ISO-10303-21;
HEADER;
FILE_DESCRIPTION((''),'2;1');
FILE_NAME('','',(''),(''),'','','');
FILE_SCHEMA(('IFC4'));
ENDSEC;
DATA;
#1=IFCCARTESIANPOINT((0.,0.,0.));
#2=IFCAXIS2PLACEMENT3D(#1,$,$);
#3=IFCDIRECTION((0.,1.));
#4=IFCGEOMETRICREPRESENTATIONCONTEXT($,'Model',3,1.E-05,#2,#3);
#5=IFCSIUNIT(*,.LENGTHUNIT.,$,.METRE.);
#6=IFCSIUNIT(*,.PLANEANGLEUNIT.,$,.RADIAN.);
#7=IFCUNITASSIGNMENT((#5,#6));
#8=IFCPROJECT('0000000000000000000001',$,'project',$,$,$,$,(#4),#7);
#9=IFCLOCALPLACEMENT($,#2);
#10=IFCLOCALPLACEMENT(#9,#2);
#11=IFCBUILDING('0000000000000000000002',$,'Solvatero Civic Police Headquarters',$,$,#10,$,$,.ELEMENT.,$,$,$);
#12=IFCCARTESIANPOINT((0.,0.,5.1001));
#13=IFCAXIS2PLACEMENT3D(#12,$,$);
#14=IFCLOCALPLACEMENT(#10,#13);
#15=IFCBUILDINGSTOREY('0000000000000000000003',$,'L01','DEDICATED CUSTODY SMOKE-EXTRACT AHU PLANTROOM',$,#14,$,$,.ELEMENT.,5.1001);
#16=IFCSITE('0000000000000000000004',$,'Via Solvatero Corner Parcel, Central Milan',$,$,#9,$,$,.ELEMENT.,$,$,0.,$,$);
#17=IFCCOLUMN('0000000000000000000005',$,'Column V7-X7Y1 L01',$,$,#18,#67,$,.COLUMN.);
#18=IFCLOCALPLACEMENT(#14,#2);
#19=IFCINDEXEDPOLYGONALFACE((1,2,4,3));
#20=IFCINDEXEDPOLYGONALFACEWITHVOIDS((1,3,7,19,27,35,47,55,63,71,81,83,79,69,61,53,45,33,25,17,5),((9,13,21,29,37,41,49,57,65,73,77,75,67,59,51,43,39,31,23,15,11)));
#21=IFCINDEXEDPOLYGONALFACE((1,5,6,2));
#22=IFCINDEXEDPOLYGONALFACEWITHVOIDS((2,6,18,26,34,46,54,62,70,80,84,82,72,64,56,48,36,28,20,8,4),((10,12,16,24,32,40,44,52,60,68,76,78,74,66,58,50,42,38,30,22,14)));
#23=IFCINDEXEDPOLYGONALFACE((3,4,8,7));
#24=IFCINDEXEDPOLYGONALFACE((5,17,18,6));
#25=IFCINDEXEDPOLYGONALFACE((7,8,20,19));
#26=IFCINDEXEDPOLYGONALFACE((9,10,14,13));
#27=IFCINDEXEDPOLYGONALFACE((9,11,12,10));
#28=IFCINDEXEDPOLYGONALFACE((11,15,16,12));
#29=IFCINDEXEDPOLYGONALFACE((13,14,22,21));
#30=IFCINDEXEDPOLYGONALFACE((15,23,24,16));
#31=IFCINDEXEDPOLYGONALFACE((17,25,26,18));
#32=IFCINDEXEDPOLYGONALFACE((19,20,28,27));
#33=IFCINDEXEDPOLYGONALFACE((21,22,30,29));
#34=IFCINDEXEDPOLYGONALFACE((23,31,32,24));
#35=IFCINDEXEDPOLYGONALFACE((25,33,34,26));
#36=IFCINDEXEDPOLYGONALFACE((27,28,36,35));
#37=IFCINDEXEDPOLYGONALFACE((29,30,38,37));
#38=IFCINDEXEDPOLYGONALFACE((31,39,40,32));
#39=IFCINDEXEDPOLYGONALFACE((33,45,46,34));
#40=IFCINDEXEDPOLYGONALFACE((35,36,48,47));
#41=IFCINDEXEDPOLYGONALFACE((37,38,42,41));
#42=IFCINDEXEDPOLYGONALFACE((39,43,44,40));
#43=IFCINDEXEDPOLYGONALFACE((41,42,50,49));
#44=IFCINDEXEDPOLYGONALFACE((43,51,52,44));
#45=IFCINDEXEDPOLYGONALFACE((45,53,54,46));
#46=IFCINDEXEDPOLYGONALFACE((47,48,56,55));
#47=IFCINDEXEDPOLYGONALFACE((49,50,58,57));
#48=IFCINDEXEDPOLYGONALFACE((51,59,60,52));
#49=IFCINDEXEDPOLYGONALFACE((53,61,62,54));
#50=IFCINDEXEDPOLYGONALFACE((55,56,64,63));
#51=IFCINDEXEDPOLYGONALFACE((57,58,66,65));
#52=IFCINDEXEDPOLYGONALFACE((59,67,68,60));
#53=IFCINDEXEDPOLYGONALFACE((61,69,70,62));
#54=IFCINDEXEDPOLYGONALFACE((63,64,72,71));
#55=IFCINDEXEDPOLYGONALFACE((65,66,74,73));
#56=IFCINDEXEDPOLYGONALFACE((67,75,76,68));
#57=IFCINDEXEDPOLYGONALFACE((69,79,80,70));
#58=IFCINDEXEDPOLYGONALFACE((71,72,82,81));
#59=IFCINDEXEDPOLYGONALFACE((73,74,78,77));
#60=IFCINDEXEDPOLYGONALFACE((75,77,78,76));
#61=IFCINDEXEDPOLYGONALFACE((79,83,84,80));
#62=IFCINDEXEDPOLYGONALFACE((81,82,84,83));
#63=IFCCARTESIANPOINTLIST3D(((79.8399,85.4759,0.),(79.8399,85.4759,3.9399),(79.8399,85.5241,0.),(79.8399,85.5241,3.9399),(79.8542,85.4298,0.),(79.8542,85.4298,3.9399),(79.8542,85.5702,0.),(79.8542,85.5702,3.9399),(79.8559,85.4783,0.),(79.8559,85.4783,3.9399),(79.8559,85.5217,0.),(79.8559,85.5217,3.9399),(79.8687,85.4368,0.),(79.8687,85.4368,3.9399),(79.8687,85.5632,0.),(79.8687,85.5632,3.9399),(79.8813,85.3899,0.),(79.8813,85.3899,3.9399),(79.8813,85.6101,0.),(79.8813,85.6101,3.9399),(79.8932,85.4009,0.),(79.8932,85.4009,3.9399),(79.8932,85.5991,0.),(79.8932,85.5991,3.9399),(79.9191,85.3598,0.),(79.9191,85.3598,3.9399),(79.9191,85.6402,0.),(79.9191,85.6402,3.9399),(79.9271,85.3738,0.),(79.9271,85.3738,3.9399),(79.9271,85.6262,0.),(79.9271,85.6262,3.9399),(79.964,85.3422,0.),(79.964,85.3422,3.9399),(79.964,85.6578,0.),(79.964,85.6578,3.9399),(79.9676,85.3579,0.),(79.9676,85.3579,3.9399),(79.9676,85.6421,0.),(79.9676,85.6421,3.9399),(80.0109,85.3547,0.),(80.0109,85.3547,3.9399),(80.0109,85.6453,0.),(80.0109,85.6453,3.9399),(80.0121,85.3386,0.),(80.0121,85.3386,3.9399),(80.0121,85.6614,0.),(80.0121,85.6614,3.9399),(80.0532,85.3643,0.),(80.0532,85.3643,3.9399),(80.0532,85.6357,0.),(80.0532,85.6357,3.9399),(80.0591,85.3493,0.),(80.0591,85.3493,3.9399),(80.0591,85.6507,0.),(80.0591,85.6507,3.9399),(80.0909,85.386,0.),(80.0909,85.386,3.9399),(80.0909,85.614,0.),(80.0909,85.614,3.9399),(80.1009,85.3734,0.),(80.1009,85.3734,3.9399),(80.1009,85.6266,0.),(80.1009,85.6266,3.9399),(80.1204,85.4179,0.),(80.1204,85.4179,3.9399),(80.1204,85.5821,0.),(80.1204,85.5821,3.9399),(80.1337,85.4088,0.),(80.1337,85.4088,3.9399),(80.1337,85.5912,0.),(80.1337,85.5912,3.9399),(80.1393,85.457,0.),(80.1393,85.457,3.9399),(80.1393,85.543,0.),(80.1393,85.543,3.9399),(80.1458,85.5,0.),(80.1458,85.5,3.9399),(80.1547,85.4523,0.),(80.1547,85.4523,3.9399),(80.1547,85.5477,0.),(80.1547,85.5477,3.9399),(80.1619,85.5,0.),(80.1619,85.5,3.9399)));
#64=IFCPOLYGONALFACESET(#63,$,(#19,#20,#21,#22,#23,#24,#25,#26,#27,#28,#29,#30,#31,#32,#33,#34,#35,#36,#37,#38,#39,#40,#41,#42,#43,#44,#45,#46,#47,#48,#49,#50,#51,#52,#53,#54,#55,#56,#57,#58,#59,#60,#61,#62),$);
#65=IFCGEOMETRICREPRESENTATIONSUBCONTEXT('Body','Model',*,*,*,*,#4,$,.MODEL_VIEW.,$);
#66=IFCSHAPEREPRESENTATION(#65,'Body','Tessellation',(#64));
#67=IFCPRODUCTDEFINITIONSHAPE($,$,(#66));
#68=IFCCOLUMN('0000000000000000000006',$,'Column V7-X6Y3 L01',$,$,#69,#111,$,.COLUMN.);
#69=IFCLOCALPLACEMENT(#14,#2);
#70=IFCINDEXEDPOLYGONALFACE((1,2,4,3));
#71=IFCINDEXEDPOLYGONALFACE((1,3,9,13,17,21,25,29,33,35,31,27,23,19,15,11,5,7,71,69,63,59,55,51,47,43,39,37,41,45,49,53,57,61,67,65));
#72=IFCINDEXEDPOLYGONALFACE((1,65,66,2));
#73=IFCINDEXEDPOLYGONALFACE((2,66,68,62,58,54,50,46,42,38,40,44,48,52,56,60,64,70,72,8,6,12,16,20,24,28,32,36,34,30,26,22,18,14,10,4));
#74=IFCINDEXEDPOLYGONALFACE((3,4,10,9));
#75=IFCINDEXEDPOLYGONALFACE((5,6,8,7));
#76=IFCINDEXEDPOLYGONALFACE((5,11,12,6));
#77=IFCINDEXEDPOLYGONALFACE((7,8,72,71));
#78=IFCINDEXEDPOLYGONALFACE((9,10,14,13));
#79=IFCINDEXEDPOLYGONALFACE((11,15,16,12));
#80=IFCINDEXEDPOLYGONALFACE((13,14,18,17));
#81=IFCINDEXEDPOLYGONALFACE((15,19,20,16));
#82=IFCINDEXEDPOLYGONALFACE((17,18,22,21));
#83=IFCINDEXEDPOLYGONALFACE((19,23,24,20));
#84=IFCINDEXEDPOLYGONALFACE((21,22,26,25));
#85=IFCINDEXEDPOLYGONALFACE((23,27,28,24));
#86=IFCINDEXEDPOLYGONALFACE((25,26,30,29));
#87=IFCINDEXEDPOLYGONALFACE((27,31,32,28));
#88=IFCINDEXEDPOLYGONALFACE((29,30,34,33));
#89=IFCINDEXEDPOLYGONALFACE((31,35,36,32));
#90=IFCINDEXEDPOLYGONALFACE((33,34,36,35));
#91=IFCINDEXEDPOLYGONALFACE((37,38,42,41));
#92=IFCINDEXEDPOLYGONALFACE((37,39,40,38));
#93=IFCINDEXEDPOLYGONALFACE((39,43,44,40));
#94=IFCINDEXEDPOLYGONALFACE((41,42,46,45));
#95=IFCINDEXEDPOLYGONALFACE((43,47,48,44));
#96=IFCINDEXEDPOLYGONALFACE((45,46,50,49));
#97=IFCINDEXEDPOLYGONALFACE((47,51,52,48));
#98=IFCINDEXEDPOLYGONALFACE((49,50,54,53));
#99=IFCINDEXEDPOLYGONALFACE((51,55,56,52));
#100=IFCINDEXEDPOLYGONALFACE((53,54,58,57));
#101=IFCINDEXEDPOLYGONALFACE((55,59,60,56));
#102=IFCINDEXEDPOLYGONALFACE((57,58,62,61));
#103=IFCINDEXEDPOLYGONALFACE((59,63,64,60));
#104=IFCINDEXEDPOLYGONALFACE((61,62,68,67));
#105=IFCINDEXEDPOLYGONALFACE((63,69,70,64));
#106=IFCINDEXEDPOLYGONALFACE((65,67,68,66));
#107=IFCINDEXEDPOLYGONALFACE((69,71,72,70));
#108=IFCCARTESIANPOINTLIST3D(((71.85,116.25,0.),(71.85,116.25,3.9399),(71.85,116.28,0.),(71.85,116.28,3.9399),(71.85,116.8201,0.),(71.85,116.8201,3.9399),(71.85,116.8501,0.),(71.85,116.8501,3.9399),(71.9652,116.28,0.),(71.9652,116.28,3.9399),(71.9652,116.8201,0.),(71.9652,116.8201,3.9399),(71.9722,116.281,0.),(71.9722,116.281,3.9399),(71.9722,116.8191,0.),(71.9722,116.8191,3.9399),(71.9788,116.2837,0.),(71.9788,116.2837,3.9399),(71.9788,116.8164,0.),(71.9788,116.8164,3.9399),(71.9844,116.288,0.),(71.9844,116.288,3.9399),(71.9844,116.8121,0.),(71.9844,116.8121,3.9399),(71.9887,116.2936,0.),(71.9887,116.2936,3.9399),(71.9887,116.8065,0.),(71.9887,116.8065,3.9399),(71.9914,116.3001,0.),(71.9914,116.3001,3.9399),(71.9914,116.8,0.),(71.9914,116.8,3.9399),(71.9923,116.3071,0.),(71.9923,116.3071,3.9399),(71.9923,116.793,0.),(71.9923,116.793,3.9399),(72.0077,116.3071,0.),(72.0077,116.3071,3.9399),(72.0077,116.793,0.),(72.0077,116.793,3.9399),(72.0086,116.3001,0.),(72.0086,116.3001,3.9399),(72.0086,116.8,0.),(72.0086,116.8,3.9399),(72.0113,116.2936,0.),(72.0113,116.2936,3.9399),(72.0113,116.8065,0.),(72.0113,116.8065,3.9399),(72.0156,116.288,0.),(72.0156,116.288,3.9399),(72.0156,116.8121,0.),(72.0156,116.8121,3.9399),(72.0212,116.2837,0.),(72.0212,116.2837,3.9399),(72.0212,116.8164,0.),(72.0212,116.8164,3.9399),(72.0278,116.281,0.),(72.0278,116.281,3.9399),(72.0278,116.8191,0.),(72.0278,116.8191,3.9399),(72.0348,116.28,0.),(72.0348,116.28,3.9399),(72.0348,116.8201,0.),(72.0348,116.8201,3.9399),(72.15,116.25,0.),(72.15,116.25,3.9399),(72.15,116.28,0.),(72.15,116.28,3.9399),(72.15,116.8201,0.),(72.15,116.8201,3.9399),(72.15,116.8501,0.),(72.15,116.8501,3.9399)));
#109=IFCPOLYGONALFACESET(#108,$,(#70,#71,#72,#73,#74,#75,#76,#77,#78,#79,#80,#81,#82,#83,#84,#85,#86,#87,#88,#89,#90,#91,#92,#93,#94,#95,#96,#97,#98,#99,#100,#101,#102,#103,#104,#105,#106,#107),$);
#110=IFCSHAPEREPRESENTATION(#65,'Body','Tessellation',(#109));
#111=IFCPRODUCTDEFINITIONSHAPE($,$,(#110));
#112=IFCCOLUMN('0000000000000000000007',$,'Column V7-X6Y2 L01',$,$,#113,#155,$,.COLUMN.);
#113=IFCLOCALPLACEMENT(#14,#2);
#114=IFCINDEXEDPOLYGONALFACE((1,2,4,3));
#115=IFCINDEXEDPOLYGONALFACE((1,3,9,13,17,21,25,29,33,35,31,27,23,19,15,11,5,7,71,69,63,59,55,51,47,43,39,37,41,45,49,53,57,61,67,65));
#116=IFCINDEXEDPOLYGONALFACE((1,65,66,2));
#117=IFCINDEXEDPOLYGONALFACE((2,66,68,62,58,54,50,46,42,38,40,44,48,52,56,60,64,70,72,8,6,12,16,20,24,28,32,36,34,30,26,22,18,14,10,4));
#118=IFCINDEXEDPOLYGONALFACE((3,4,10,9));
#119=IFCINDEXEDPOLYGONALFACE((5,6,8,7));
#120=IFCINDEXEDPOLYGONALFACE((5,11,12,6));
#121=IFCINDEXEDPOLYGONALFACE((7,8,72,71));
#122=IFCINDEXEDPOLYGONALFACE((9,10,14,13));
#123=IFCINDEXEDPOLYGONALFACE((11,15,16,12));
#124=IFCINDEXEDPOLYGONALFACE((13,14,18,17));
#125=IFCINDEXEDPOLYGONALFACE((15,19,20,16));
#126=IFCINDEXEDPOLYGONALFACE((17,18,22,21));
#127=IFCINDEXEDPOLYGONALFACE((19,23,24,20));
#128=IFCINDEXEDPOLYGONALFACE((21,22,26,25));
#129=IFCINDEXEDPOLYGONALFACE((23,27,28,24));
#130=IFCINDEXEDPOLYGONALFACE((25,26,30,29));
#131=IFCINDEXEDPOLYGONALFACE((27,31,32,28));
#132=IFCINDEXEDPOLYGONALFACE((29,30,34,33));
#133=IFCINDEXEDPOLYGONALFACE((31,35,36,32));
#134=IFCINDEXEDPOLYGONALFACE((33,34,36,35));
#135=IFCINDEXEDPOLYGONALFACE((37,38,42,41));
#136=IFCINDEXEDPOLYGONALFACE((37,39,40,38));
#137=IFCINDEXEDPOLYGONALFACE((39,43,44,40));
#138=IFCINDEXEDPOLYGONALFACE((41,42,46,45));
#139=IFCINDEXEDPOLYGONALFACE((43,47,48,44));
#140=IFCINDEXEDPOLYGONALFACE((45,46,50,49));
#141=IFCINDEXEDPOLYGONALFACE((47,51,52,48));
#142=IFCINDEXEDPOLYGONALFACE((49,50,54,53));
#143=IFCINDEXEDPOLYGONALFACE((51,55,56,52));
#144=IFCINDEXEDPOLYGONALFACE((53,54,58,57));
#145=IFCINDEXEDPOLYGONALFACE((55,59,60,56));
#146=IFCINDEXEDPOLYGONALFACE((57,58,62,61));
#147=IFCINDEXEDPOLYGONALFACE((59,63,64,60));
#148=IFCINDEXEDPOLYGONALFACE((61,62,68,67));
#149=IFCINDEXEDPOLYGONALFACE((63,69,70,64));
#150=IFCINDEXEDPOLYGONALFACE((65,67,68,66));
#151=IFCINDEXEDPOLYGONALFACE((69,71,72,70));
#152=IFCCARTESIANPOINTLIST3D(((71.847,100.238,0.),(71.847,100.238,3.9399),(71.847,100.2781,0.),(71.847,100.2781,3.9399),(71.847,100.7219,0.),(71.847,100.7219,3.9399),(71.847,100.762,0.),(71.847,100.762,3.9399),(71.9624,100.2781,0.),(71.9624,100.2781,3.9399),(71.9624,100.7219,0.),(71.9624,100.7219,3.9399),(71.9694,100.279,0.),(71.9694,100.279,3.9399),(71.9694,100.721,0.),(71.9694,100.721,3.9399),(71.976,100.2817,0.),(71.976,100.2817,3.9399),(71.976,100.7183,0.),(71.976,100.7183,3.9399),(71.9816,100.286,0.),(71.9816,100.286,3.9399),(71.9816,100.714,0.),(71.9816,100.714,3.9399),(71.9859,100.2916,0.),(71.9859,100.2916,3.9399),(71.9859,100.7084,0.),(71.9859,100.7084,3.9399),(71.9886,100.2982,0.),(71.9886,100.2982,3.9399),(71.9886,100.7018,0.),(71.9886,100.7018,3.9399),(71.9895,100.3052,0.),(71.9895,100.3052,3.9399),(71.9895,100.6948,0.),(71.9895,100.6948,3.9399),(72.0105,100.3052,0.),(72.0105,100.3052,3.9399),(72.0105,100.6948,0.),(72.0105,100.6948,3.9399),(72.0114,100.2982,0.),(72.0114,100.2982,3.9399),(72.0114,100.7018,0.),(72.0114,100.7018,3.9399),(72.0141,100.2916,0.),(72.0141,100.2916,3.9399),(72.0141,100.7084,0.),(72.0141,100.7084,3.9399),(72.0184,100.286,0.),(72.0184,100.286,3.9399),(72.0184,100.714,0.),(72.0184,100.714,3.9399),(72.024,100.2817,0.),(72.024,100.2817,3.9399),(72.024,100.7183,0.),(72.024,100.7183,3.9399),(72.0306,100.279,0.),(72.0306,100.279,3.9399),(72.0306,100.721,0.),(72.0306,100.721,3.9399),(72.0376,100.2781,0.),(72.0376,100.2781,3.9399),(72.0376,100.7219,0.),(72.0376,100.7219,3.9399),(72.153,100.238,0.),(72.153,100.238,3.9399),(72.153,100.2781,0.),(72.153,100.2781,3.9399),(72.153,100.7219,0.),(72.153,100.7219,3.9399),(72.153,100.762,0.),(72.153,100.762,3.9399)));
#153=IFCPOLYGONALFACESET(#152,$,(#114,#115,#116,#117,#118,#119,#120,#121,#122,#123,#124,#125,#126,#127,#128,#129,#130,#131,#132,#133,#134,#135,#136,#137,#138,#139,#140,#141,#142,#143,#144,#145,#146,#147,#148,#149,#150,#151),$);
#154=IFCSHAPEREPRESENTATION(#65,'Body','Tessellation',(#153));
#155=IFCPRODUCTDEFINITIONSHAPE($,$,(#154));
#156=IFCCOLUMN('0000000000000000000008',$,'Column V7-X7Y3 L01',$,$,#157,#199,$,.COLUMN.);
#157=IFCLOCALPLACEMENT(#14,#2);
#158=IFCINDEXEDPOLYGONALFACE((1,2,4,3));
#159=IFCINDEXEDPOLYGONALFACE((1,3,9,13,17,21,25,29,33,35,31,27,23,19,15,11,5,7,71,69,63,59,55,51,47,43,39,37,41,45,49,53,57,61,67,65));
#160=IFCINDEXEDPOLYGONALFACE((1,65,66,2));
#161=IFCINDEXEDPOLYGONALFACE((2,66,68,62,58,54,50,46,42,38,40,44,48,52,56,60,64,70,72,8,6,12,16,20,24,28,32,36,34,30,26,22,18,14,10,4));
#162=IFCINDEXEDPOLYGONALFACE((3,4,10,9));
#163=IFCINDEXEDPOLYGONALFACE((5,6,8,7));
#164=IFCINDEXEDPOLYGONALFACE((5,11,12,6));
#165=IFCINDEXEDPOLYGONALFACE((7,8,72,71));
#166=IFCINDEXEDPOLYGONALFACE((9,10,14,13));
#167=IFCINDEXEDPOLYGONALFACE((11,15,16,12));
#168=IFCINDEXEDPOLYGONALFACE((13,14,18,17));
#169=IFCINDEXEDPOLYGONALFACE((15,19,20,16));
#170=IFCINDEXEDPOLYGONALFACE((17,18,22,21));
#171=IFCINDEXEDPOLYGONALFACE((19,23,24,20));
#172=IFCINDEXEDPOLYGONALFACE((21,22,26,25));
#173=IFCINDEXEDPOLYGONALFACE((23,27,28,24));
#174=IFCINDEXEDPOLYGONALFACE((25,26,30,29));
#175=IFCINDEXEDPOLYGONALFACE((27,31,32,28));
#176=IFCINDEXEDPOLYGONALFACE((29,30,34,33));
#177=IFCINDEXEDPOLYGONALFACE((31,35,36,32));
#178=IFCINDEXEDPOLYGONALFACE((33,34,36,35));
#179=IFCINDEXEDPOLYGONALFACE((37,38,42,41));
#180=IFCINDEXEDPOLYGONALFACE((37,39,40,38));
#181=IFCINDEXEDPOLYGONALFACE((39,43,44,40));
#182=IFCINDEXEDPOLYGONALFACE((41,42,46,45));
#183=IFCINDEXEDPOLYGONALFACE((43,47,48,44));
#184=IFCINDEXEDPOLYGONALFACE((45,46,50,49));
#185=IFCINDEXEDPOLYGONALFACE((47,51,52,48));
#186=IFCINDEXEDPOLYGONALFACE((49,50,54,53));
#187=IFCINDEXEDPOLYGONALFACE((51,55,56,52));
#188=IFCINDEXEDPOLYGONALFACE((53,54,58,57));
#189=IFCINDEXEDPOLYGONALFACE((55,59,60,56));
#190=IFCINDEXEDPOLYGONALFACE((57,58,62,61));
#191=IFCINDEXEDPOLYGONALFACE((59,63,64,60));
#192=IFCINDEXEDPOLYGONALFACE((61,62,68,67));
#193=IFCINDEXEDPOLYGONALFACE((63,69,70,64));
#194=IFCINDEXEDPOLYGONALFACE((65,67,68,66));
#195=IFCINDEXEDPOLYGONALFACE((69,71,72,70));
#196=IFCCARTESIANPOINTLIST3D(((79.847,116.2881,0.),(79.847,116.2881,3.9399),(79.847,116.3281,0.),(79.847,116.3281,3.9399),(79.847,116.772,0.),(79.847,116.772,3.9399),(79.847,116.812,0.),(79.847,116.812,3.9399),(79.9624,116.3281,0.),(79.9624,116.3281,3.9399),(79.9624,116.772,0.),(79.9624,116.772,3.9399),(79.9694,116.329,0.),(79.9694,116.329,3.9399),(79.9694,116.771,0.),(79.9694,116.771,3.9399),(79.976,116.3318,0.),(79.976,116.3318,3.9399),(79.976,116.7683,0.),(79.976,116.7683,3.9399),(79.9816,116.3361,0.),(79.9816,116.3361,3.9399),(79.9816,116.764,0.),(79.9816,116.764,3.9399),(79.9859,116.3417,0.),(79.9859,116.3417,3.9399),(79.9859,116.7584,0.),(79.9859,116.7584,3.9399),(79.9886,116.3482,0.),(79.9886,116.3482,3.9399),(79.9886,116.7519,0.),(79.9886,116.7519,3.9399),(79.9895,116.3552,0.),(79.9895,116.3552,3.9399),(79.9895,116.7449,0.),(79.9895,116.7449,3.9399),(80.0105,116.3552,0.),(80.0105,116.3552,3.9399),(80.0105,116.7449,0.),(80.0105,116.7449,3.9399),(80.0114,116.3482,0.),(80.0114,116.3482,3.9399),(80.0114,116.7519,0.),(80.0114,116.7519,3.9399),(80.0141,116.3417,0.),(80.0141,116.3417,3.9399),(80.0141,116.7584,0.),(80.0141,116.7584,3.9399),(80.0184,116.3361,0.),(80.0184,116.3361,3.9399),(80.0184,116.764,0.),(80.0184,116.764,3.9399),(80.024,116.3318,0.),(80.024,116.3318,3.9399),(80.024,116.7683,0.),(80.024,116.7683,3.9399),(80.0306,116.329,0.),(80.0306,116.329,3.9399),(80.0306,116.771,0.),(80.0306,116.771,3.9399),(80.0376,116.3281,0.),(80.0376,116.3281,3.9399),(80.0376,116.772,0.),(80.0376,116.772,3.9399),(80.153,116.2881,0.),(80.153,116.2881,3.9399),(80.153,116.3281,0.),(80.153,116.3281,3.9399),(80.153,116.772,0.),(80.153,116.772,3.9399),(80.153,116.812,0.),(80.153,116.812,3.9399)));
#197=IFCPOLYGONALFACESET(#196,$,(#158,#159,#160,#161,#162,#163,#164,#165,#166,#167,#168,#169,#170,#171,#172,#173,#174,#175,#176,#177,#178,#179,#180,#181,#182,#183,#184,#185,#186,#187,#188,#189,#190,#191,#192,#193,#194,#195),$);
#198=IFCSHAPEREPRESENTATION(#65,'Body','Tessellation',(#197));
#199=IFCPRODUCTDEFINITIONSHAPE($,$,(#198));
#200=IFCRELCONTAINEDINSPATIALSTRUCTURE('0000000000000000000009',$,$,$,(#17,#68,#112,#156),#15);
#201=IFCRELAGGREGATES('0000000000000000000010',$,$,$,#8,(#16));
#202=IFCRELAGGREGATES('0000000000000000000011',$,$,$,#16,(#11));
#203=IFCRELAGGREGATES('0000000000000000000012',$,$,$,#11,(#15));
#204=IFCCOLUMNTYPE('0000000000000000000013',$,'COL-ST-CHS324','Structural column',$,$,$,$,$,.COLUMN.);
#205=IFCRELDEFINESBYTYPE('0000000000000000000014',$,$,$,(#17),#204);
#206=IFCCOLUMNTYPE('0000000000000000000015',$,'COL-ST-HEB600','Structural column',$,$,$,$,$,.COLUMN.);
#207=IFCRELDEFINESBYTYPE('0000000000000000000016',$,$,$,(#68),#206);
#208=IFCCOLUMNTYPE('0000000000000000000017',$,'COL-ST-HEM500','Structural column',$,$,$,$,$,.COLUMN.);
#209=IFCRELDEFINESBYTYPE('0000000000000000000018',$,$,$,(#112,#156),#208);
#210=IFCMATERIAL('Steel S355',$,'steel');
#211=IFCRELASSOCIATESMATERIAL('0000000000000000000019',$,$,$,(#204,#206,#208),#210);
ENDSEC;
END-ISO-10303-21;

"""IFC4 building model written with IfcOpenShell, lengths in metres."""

from ifc_helpers import new_model, si_unit, direction, frame, origin, origin_2d, place, context, subcontext, project, spatial, hollow_circle, i_section, extrude, material, material_profile, profile_set, type_object, element, save


model = new_model("IFC4")

# Units and contexts
model_context = context("Model", 3, precision=1e-05, world=origin(), true_north=direction((0.0, 1.0)))
body_context = subcontext(model_context, "Body", "Model", "MODEL_VIEW")
ifc_project = project(units=[si_unit("LENGTHUNIT", "METRE"), si_unit("PLANEANGLEUNIT", "RADIAN")], contexts=[model_context])

# Site, building, storey
site_placement = place(None, origin())
site = spatial("IfcSite", under=ifc_project, at=site_placement, Name="Via Solvatero Corner Parcel, Central Milan", CompositionType="ELEMENT", RefElevation=0.0)
building_placement = place(site_placement, origin())
building = spatial("IfcBuilding", under=site, at=building_placement, Name="Solvatero Civic Police Headquarters", CompositionType="ELEMENT")
storey_placement = place(building_placement, frame((0.0, 0.0, 5.1001)))
storey = spatial("IfcBuildingStorey", under=building, at=storey_placement, Name="L01", Description="DEDICATED CUSTODY SMOKE-EXTRACT AHU PLANTROOM", CompositionType="ELEMENT", Elevation=5.1001)

# Columns
ifc_material_1 = material(Name="Steel S355", Category="steel")
ifc_material_profile_1 = material_profile(ifc_material_1, hollow_circle(Radius=0.1619, WallThickness=0.0161, at=origin_2d()), Name="CHS 323.9x16.0")
ifc_profile_set_1 = profile_set([ifc_material_profile_1], Name="Steel S355")
column_type_1 = type_object("IfcColumnType", Name="COL-ST-CHS324", Description="Structural column", PredefinedType="COLUMN", material=ifc_profile_set_1)
column_1_placement = place(storey_placement, frame((80.0, 85.5, 0.0), z_axis=(0.0, 0.0, 1.0), x_axis=(1.0, 0.0, 0.0)))
element("IfcColumn", 1, at=column_1_placement, inside=storey, type_object=column_type_1, Name="Column V7-X7Y1 L01", PredefinedType="COLUMN", context=body_context, shape_type="SweptSolid", body=[
    extrude(hollow_circle(Radius=0.1619, WallThickness=0.0161, at=origin_2d()), origin(), (0.0, 0.0, 1.0), 3.9399),
])
ifc_material_profile_2 = material_profile(ifc_material_1, i_section(OverallWidth=0.3, OverallDepth=0.6001, WebThickness=0.0154, FlangeThickness=0.03, FilletRadius=0.0271, at=origin_2d()), Name="HEB 600")
ifc_profile_set_2 = profile_set([ifc_material_profile_2], Name="Steel S355")
column_type_2 = type_object("IfcColumnType", Name="COL-ST-HEB600", Description="Structural column", PredefinedType="COLUMN", material=ifc_profile_set_2)
column_2_placement = place(storey_placement, frame((72.0, 116.55, 0.0), z_axis=(0.0, 0.0, 1.0), x_axis=(1.0, 0.0, 0.0)))
element("IfcColumn", 2, at=column_2_placement, inside=storey, type_object=column_type_2, Name="Column V7-X6Y3 L01", PredefinedType="COLUMN", context=body_context, shape_type="SweptSolid", body=[
    extrude(i_section(OverallWidth=0.3, OverallDepth=0.6001, WebThickness=0.0154, FlangeThickness=0.03, FilletRadius=0.0271, at=origin_2d()), origin(), (0.0, 0.0, 1.0), 3.9399),
])
ifc_material_profile_3 = material_profile(ifc_material_1, i_section(OverallWidth=0.3059, OverallDepth=0.5239, WebThickness=0.021, FlangeThickness=0.04, FilletRadius=0.0271, at=origin_2d()), Name="HEM 500")
ifc_profile_set_3 = profile_set([ifc_material_profile_3], Name="Steel S355")
column_type_3 = type_object("IfcColumnType", Name="COL-ST-HEM500", Description="Structural column", PredefinedType="COLUMN", material=ifc_profile_set_3)
for number, where, z_axis, x_axis, name in (
    (3, (72.0, 100.5, 0.0), (0.0, 0.0, 1.0), (1.0, 0.0, 0.0), "Column V7-X6Y2 L01"),
    (4, (80.0, 116.55, 0.0), (0.0, 0.0, 1.0), (1.0, 0.0, 0.0), "Column V7-X7Y3 L01"),
):
    element("IfcColumn", number, at=place(storey_placement, frame(where, z_axis=z_axis, x_axis=x_axis)), inside=storey, type_object=column_type_3, Name=name, PredefinedType="COLUMN", context=body_context, shape_type="SweptSolid", body=[
        extrude(i_section(OverallWidth=0.3059, OverallDepth=0.5239, WebThickness=0.021, FlangeThickness=0.04, FilletRadius=0.0271, at=origin_2d()), origin(), (0.0, 0.0, 1.0), 3.9399),
    ])

save(model, "model.ifc")
